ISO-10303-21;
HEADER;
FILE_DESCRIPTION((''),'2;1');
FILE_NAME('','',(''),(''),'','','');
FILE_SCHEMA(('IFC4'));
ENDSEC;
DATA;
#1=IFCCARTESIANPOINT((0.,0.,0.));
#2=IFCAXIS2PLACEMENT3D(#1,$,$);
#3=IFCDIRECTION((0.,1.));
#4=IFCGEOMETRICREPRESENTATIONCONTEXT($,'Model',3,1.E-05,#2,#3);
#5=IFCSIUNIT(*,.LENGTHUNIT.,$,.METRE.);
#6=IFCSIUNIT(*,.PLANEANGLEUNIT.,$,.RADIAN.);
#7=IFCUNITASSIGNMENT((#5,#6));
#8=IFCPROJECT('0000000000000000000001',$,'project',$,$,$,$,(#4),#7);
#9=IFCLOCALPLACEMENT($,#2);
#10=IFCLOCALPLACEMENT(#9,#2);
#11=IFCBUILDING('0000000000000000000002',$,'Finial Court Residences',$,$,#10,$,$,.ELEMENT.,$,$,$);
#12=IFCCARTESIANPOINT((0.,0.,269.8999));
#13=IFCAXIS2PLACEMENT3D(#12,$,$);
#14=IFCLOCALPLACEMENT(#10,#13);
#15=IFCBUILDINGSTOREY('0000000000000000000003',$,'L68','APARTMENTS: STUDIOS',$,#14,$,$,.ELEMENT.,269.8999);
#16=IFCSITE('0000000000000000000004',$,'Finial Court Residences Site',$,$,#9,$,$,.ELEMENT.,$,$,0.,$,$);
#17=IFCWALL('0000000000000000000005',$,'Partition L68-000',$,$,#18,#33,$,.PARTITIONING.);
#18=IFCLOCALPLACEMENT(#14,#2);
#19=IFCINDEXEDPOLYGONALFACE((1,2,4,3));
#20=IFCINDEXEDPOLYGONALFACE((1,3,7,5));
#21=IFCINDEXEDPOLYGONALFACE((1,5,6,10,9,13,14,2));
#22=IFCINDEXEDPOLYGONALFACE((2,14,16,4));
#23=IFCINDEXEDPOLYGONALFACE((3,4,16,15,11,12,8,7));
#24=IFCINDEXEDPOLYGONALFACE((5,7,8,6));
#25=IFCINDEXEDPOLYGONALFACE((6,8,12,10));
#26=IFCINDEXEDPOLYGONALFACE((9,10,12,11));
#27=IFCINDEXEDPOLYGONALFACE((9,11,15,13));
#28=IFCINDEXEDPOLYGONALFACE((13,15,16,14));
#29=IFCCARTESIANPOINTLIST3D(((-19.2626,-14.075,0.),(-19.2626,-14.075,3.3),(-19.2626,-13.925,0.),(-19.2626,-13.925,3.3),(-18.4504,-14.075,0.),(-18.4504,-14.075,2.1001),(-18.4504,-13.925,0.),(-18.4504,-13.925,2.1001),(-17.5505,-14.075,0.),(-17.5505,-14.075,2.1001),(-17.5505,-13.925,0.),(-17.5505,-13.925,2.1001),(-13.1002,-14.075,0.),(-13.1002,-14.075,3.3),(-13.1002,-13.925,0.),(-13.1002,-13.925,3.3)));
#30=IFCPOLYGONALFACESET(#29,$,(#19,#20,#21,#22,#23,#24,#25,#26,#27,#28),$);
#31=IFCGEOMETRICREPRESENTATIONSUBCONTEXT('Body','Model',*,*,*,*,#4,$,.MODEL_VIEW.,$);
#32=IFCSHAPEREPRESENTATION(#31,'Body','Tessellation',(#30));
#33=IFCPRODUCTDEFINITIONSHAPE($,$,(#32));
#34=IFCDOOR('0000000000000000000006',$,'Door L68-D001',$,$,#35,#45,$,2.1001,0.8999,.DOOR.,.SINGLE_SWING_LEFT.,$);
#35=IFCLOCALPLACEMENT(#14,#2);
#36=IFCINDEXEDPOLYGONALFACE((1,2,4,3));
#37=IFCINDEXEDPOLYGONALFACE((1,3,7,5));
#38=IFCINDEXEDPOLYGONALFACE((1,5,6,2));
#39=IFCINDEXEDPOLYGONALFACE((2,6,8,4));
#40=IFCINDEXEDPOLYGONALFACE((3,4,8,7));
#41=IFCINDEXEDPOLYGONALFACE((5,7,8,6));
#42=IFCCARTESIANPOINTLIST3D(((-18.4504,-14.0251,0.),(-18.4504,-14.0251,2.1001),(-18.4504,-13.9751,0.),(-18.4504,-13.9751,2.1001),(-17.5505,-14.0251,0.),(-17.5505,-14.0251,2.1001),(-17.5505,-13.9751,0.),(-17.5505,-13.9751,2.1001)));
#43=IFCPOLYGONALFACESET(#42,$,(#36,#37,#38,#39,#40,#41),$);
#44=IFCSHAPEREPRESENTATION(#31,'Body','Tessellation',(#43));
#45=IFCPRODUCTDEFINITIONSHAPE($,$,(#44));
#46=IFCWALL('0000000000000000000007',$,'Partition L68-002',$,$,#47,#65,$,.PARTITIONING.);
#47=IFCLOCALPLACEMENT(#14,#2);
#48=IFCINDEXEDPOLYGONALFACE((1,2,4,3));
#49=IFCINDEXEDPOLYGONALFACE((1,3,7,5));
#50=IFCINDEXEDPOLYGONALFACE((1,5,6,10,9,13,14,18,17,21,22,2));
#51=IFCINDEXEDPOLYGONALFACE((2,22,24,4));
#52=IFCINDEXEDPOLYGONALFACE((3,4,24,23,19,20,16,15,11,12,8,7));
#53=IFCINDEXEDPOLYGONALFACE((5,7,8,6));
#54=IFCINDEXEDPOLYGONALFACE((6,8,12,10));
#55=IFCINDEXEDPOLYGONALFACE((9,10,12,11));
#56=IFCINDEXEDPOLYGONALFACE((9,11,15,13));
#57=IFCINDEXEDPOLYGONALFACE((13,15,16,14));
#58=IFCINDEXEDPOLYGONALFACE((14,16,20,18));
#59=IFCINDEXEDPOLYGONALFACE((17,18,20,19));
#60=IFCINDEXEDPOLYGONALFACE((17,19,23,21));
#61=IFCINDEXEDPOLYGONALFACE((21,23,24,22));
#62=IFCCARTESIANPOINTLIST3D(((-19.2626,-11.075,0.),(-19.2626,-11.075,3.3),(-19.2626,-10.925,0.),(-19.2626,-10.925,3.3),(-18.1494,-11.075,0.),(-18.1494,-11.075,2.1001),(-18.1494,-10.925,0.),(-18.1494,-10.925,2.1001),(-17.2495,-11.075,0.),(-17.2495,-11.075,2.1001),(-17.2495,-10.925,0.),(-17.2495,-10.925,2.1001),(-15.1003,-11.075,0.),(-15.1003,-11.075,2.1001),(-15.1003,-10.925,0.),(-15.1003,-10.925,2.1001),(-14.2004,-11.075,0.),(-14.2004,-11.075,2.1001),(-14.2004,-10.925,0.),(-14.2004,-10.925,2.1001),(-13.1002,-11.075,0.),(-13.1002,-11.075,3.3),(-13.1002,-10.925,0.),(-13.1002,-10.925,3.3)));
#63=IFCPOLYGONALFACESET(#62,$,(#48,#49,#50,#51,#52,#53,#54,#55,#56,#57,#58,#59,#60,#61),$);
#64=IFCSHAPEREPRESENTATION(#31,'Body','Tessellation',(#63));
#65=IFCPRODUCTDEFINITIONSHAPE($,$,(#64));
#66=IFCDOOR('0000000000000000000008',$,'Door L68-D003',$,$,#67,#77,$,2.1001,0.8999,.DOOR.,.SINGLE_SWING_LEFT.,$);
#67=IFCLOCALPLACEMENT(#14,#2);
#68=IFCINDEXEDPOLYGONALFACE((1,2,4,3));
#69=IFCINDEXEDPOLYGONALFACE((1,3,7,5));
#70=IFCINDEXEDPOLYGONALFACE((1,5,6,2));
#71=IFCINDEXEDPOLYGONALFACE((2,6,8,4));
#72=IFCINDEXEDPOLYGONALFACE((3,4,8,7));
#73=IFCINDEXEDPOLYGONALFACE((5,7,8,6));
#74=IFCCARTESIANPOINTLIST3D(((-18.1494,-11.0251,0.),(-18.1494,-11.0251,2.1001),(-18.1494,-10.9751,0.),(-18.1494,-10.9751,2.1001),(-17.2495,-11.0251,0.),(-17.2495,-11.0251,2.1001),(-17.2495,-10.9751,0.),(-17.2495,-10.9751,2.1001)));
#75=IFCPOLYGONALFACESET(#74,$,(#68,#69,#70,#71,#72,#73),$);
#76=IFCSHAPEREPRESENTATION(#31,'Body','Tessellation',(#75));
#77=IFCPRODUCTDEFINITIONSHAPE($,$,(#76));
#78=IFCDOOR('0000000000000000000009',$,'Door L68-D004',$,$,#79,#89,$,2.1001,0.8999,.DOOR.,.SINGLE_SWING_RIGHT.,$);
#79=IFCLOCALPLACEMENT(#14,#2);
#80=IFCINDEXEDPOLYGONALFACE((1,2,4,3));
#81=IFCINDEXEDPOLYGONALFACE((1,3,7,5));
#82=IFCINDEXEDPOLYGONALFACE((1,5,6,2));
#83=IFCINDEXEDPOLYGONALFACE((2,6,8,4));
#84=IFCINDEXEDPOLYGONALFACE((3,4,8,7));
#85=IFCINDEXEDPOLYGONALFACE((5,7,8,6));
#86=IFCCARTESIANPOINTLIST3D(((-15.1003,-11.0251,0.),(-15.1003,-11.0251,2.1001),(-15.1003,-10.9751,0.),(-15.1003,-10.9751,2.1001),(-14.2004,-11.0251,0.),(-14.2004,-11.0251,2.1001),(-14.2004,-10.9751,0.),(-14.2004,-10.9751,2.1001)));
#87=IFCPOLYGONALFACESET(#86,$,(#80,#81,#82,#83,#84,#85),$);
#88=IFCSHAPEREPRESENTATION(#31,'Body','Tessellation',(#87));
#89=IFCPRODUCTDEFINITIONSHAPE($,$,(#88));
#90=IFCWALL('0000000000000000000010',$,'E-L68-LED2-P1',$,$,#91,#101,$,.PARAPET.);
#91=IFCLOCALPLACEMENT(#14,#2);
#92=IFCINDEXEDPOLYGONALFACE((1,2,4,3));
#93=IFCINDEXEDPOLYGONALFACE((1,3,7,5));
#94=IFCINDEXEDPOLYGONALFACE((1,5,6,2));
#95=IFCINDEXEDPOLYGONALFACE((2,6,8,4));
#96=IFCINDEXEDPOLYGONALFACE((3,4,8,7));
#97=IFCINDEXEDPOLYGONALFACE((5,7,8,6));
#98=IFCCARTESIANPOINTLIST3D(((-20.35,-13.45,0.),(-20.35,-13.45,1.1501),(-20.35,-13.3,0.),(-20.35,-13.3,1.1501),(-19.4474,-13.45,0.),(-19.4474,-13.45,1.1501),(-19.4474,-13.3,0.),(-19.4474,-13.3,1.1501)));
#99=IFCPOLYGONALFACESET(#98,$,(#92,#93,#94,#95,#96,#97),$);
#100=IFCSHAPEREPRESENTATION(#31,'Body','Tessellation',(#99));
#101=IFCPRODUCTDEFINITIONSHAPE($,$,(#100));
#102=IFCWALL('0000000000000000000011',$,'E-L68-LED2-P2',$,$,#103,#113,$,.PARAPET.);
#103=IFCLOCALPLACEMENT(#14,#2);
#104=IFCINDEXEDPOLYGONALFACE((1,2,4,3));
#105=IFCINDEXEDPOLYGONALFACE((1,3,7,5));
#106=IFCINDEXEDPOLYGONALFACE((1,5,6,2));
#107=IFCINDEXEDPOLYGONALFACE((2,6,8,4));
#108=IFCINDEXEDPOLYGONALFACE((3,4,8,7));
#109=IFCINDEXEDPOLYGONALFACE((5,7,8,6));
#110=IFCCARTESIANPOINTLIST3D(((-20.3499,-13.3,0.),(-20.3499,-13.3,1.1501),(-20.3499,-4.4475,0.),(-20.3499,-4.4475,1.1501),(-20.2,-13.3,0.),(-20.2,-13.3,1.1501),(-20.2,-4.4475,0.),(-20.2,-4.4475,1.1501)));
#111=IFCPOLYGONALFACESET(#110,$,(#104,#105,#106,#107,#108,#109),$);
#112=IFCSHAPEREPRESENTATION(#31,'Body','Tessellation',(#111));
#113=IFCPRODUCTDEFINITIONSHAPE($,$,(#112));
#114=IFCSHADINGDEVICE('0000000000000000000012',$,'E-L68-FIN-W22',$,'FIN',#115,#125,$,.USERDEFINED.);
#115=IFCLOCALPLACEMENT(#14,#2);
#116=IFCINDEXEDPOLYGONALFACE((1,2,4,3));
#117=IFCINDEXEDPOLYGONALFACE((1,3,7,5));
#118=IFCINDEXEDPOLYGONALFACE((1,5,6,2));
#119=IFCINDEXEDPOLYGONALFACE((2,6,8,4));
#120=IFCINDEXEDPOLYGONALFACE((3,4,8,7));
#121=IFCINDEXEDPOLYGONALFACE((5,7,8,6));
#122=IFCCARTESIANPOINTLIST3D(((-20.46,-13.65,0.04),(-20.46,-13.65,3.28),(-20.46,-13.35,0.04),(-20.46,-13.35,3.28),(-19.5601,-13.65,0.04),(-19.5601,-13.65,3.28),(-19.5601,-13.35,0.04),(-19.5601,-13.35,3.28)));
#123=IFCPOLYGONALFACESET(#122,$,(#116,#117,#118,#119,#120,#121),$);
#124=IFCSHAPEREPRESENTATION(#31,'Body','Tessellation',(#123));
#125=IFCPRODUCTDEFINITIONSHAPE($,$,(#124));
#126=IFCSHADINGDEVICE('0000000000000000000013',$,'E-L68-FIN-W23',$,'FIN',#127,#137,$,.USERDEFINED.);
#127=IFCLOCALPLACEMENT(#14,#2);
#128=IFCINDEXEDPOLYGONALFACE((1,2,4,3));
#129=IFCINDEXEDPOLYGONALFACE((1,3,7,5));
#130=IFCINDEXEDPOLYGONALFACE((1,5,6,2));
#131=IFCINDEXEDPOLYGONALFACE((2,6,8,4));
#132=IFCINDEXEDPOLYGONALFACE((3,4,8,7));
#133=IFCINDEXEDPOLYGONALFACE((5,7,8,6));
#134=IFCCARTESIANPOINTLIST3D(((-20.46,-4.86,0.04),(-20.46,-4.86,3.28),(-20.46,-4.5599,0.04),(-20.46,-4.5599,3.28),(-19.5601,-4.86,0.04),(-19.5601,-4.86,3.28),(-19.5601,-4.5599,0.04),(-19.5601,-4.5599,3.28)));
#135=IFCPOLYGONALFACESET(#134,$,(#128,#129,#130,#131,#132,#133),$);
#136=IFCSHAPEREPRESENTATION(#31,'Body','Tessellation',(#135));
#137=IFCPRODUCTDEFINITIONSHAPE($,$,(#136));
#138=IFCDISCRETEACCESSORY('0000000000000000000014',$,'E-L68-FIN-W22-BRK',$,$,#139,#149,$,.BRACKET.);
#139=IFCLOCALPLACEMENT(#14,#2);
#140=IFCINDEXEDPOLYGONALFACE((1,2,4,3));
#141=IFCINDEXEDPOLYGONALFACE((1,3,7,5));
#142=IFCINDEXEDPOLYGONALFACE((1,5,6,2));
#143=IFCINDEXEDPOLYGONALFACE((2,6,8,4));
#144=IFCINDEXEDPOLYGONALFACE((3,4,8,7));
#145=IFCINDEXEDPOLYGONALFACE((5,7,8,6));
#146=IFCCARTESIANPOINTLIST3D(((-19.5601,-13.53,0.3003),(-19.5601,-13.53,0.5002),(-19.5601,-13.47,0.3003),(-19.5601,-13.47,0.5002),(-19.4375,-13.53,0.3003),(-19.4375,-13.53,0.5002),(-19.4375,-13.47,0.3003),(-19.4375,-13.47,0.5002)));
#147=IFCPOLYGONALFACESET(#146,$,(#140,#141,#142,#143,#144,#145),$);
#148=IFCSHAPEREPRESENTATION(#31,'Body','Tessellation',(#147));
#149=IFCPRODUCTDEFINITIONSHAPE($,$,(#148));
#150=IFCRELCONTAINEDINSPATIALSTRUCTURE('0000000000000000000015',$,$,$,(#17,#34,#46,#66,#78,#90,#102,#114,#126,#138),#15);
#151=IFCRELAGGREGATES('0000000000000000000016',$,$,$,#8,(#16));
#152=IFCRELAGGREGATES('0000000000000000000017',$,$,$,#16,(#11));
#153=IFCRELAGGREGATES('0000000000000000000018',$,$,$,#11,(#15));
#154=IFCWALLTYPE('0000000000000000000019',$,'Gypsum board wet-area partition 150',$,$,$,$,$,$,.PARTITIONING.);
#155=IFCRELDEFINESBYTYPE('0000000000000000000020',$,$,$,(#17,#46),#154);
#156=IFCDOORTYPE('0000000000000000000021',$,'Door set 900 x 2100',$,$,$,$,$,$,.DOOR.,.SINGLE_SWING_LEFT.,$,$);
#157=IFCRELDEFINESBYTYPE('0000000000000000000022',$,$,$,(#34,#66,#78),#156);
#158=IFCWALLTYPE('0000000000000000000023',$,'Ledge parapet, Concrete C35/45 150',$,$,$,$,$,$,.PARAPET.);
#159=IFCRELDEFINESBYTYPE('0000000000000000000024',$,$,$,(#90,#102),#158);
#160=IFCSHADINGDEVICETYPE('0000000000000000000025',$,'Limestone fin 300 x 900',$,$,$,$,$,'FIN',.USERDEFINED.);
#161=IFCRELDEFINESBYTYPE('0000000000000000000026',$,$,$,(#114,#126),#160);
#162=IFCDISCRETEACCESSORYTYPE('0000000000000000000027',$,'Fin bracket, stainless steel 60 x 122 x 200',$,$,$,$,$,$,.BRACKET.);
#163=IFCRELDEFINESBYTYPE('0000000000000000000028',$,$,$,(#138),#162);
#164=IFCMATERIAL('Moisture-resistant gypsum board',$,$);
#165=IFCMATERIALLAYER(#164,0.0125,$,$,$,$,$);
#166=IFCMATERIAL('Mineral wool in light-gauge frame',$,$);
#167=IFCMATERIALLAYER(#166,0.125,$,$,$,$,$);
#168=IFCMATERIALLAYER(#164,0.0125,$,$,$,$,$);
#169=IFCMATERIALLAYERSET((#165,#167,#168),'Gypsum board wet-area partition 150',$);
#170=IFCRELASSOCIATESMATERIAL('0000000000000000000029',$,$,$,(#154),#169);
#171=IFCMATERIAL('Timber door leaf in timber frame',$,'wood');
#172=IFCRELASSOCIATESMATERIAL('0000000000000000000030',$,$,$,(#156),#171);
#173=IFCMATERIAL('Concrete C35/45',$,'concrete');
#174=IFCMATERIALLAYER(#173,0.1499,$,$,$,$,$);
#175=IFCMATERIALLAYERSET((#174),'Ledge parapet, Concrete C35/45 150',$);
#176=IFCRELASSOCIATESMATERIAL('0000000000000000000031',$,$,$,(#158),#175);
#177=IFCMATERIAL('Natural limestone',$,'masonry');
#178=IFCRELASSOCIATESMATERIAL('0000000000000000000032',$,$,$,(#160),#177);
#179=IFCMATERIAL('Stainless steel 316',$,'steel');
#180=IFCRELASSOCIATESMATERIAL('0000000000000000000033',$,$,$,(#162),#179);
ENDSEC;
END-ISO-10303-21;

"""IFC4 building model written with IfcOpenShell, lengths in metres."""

from ifc_helpers import new_model, si_unit, direction, frame, frame_2d, origin, origin_2d, place, context, subcontext, project, spatial, rectangle, extrude, material, layer, layer_set, type_object, element, fill, save


model = new_model("IFC4")

# Units and contexts
model_context = context("Model", 3, precision=1e-05, world=origin(), true_north=direction((0.0, 1.0)))
body_context = subcontext(model_context, "Body", "Model", "MODEL_VIEW")
ifc_project = project(units=[si_unit("LENGTHUNIT", "METRE"), si_unit("PLANEANGLEUNIT", "RADIAN")], contexts=[model_context])

# Site, building, storey
site_placement = place(None, origin())
site = spatial("IfcSite", under=ifc_project, at=site_placement, Name="Finial Court Residences Site", CompositionType="ELEMENT", RefElevation=0.0)
building_placement = place(site_placement, origin())
building = spatial("IfcBuilding", under=site, at=building_placement, Name="Finial Court Residences", CompositionType="ELEMENT")
storey_placement = place(building_placement, frame((0.0, 0.0, 269.8999)))
storey = spatial("IfcBuildingStorey", under=building, at=storey_placement, Name="L68", Description="APARTMENTS: STUDIOS", CompositionType="ELEMENT", Elevation=269.8999)

# Wall, opening, door
ifc_material_1 = material(Name="Moisture-resistant gypsum board")
ifc_layer_1 = layer(ifc_material_1, 0.0125)
ifc_material_2 = material(Name="Mineral wool in light-gauge frame")
ifc_layer_2 = layer(ifc_material_2, 0.125)
ifc_layer_3 = layer(ifc_material_1, 0.0125)
ifc_layer_set_1 = layer_set([ifc_layer_1, ifc_layer_2, ifc_layer_3], Name="Gypsum board wet-area partition 150")
wall_type_1 = type_object("IfcWallType", Name="Gypsum board wet-area partition 150", PredefinedType="PARTITIONING", material=ifc_layer_set_1)
wall_1_placement = place(storey_placement, frame((-19.2625, -14.0, 0.0), z_axis=(0.0, 0.0, 1.0), x_axis=(1.0, 0.0, 0.0)))
wall_1 = element("IfcWall", 1, at=wall_1_placement, inside=storey, type_object=wall_type_1, Name="Partition L68-000", PredefinedType="PARTITIONING", context=body_context, shape_type="SweptSolid", body=[
    extrude(rectangle(XDim=6.1624, YDim=0.1499, at=frame_2d((3.0811, 0.0))), origin(), (0.0, 0.0, 1.0), 3.3),
])
opening_1_placement = place(wall_1_placement, frame((0.812, 0.0, 0.0)))
opening_1 = element("IfcOpeningElement", 2, at=opening_1_placement, cuts=wall_1, PredefinedType="OPENING", context=body_context, shape_type="SweptSolid", body=[
    extrude(rectangle(XDim=0.8999, YDim=2.1001, at=frame_2d((0.45, 1.05))), frame((0.0, 0.085, 0.0), z_axis=(0.0, -1.0, 0.0), x_axis=(1.0, 0.0, 0.0)), (0.0, 0.0, 1.0), 0.1699),
])
ifc_material_3 = material(Name="Timber door leaf in timber frame", Category="wood")
door_type_1 = type_object("IfcDoorType", Name="Door set 900 x 2100", OperationType="SINGLE_SWING_LEFT", PredefinedType="DOOR", material=ifc_material_3)
door_1_placement = place(opening_1_placement, origin())
door_1 = element("IfcDoor", 3, at=door_1_placement, inside=storey, type_object=door_type_1, Name="Door L68-D001", OperationType="SINGLE_SWING_LEFT", OverallHeight=2.1001, OverallWidth=0.8999, PredefinedType="DOOR", context=body_context, shape_type="SweptSolid", body=[
    extrude(rectangle(XDim=0.8999, YDim=2.1001, at=frame_2d((0.45, 1.05))), frame((0.0, 0.0249, 0.0), z_axis=(0.0, -1.0, 0.0), x_axis=(1.0, 0.0, 0.0)), (0.0, 0.0, 1.0), 0.05),
])
fill(opening_1, door_1)

# Wall, openings, doors
wall_2_placement = place(storey_placement, frame((-19.2625, -11.0, 0.0), z_axis=(0.0, 0.0, 1.0), x_axis=(1.0, 0.0, 0.0)))
wall_2 = element("IfcWall", 4, at=wall_2_placement, inside=storey, type_object=wall_type_1, Name="Partition L68-002", PredefinedType="PARTITIONING", context=body_context, shape_type="SweptSolid", body=[
    extrude(rectangle(XDim=6.1624, YDim=0.1499, at=frame_2d((3.0811, 0.0))), origin(), (0.0, 0.0, 1.0), 3.3),
])
opening_2_placement = place(wall_2_placement, frame((1.113, 0.0, 0.0)))
opening_2 = element("IfcOpeningElement", 5, at=opening_2_placement, cuts=wall_2, PredefinedType="OPENING", context=body_context, shape_type="SweptSolid", body=[
    extrude(rectangle(XDim=0.8999, YDim=2.1001, at=frame_2d((0.45, 1.05))), frame((0.0, 0.085, 0.0), z_axis=(0.0, -1.0, 0.0), x_axis=(1.0, 0.0, 0.0)), (0.0, 0.0, 1.0), 0.1699),
])
opening_3_placement = place(wall_2_placement, frame((4.1621, 0.0, 0.0)))
opening_3 = element("IfcOpeningElement", 6, at=opening_3_placement, cuts=wall_2, PredefinedType="OPENING", context=body_context, shape_type="SweptSolid", body=[
    extrude(rectangle(XDim=0.8999, YDim=2.1001, at=frame_2d((0.45, 1.05))), frame((0.0, 0.085, 0.0), z_axis=(0.0, -1.0, 0.0), x_axis=(1.0, 0.0, 0.0)), (0.0, 0.0, 1.0), 0.1699),
])
door_2_placement = place(opening_2_placement, origin())
door_2 = element("IfcDoor", 7, at=door_2_placement, inside=storey, type_object=door_type_1, Name="Door L68-D003", OperationType="SINGLE_SWING_LEFT", OverallHeight=2.1001, OverallWidth=0.8999, PredefinedType="DOOR", context=body_context, shape_type="SweptSolid", body=[
    extrude(rectangle(XDim=0.8999, YDim=2.1001, at=frame_2d((0.45, 1.05))), frame((0.0, 0.0249, 0.0), z_axis=(0.0, -1.0, 0.0), x_axis=(1.0, 0.0, 0.0)), (0.0, 0.0, 1.0), 0.05),
])
fill(opening_2, door_2)
door_3_placement = place(opening_3_placement, origin())
door_3 = element("IfcDoor", 8, at=door_3_placement, inside=storey, type_object=door_type_1, Name="Door L68-D004", OperationType="SINGLE_SWING_RIGHT", OverallHeight=2.1001, OverallWidth=0.8999, PredefinedType="DOOR", context=body_context, shape_type="SweptSolid", body=[
    extrude(rectangle(XDim=0.8999, YDim=2.1001, at=frame_2d((0.45, 1.05))), frame((0.0, 0.0249, 0.0), z_axis=(0.0, -1.0, 0.0), x_axis=(1.0, 0.0, 0.0)), (0.0, 0.0, 1.0), 0.05),
])
fill(opening_3, door_3)

# Walls
ifc_material_4 = material(Name="Concrete C35/45", Category="concrete")
ifc_layer_4 = layer(ifc_material_4, 0.1499)
ifc_layer_set_2 = layer_set([ifc_layer_4], Name="Ledge parapet, Concrete C35/45 150")
wall_type_2 = type_object("IfcWallType", Name="Ledge parapet, Concrete C35/45 150", PredefinedType="PARAPET", material=ifc_layer_set_2)
wall_3_placement = place(storey_placement, frame((-19.4475, -13.375, 0.0), z_axis=(0.0, 0.0, 1.0), x_axis=(-1.0, 0.0, 0.0)))
element("IfcWall", 9, at=wall_3_placement, inside=storey, type_object=wall_type_2, Name="E-L68-LED2-P1", PredefinedType="PARAPET", context=body_context, shape_type="SweptSolid", body=[
    extrude(rectangle(XDim=0.9026, YDim=0.1499, at=frame_2d((0.4512, 0.0))), origin(), (0.0, 0.0, 1.0), 1.1501),
])
wall_4_placement = place(storey_placement, frame((-20.2749, -13.3, 0.0), z_axis=(0.0, 0.0, 1.0), x_axis=(0.0, 1.0, 0.0)))
element("IfcWall", 10, at=wall_4_placement, inside=storey, type_object=wall_type_2, Name="E-L68-LED2-P2", PredefinedType="PARAPET", context=body_context, shape_type="SweptSolid", body=[
    extrude(rectangle(XDim=8.8525, YDim=0.1499, at=frame_2d((4.4263, 0.0))), origin(), (0.0, 0.0, 1.0), 1.1501),
])

# Shading devices
ifc_material_5 = material(Name="Natural limestone", Category="masonry")
shading_device_type = type_object("IfcShadingDeviceType", Name="Limestone fin 300 x 900", ElementType="FIN", PredefinedType="USERDEFINED", material=ifc_material_5)
for number, where, z_axis, x_axis, name in (
    (11, (-20.01, -13.5, 0.04), (0.0, 0.0, 1.0), (1.0, 0.0, 0.0), "E-L68-FIN-W22"),
    (12, (-20.01, -4.71, 0.04), (0.0, 0.0, 1.0), (1.0, 0.0, 0.0), "E-L68-FIN-W23"),
):
    element("IfcShadingDevice", number, at=place(storey_placement, frame(where, z_axis=z_axis, x_axis=x_axis)), inside=storey, type_object=shading_device_type, Name=name, ObjectType="FIN", PredefinedType="USERDEFINED", context=body_context, shape_type="SweptSolid", body=[
        extrude(rectangle(XDim=0.8999, YDim=0.3, at=origin_2d()), origin(), (0.0, 0.0, 1.0), 3.24),
    ])

# Discrete accessory
ifc_material_6 = material(Name="Stainless steel 316", Category="steel")
discrete_accessory_type = type_object("IfcDiscreteAccessoryType", Name="Fin bracket, stainless steel 60 x 122 x 200", PredefinedType="BRACKET", material=ifc_material_6)
discrete_accessory_placement = place(storey_placement, frame((-19.4988, -13.5, 0.3003), z_axis=(0.0, 0.0, 1.0), x_axis=(1.0, 0.0, 0.0)))
element("IfcDiscreteAccessory", 13, at=discrete_accessory_placement, inside=storey, type_object=discrete_accessory_type, Name="E-L68-FIN-W22-BRK", PredefinedType="BRACKET", context=body_context, shape_type="SweptSolid", body=[
    extrude(rectangle(XDim=0.1226, YDim=0.0601, at=origin_2d()), origin(), (0.0, 0.0, 1.0), 0.2),
])

save(model, "model.ifc")
